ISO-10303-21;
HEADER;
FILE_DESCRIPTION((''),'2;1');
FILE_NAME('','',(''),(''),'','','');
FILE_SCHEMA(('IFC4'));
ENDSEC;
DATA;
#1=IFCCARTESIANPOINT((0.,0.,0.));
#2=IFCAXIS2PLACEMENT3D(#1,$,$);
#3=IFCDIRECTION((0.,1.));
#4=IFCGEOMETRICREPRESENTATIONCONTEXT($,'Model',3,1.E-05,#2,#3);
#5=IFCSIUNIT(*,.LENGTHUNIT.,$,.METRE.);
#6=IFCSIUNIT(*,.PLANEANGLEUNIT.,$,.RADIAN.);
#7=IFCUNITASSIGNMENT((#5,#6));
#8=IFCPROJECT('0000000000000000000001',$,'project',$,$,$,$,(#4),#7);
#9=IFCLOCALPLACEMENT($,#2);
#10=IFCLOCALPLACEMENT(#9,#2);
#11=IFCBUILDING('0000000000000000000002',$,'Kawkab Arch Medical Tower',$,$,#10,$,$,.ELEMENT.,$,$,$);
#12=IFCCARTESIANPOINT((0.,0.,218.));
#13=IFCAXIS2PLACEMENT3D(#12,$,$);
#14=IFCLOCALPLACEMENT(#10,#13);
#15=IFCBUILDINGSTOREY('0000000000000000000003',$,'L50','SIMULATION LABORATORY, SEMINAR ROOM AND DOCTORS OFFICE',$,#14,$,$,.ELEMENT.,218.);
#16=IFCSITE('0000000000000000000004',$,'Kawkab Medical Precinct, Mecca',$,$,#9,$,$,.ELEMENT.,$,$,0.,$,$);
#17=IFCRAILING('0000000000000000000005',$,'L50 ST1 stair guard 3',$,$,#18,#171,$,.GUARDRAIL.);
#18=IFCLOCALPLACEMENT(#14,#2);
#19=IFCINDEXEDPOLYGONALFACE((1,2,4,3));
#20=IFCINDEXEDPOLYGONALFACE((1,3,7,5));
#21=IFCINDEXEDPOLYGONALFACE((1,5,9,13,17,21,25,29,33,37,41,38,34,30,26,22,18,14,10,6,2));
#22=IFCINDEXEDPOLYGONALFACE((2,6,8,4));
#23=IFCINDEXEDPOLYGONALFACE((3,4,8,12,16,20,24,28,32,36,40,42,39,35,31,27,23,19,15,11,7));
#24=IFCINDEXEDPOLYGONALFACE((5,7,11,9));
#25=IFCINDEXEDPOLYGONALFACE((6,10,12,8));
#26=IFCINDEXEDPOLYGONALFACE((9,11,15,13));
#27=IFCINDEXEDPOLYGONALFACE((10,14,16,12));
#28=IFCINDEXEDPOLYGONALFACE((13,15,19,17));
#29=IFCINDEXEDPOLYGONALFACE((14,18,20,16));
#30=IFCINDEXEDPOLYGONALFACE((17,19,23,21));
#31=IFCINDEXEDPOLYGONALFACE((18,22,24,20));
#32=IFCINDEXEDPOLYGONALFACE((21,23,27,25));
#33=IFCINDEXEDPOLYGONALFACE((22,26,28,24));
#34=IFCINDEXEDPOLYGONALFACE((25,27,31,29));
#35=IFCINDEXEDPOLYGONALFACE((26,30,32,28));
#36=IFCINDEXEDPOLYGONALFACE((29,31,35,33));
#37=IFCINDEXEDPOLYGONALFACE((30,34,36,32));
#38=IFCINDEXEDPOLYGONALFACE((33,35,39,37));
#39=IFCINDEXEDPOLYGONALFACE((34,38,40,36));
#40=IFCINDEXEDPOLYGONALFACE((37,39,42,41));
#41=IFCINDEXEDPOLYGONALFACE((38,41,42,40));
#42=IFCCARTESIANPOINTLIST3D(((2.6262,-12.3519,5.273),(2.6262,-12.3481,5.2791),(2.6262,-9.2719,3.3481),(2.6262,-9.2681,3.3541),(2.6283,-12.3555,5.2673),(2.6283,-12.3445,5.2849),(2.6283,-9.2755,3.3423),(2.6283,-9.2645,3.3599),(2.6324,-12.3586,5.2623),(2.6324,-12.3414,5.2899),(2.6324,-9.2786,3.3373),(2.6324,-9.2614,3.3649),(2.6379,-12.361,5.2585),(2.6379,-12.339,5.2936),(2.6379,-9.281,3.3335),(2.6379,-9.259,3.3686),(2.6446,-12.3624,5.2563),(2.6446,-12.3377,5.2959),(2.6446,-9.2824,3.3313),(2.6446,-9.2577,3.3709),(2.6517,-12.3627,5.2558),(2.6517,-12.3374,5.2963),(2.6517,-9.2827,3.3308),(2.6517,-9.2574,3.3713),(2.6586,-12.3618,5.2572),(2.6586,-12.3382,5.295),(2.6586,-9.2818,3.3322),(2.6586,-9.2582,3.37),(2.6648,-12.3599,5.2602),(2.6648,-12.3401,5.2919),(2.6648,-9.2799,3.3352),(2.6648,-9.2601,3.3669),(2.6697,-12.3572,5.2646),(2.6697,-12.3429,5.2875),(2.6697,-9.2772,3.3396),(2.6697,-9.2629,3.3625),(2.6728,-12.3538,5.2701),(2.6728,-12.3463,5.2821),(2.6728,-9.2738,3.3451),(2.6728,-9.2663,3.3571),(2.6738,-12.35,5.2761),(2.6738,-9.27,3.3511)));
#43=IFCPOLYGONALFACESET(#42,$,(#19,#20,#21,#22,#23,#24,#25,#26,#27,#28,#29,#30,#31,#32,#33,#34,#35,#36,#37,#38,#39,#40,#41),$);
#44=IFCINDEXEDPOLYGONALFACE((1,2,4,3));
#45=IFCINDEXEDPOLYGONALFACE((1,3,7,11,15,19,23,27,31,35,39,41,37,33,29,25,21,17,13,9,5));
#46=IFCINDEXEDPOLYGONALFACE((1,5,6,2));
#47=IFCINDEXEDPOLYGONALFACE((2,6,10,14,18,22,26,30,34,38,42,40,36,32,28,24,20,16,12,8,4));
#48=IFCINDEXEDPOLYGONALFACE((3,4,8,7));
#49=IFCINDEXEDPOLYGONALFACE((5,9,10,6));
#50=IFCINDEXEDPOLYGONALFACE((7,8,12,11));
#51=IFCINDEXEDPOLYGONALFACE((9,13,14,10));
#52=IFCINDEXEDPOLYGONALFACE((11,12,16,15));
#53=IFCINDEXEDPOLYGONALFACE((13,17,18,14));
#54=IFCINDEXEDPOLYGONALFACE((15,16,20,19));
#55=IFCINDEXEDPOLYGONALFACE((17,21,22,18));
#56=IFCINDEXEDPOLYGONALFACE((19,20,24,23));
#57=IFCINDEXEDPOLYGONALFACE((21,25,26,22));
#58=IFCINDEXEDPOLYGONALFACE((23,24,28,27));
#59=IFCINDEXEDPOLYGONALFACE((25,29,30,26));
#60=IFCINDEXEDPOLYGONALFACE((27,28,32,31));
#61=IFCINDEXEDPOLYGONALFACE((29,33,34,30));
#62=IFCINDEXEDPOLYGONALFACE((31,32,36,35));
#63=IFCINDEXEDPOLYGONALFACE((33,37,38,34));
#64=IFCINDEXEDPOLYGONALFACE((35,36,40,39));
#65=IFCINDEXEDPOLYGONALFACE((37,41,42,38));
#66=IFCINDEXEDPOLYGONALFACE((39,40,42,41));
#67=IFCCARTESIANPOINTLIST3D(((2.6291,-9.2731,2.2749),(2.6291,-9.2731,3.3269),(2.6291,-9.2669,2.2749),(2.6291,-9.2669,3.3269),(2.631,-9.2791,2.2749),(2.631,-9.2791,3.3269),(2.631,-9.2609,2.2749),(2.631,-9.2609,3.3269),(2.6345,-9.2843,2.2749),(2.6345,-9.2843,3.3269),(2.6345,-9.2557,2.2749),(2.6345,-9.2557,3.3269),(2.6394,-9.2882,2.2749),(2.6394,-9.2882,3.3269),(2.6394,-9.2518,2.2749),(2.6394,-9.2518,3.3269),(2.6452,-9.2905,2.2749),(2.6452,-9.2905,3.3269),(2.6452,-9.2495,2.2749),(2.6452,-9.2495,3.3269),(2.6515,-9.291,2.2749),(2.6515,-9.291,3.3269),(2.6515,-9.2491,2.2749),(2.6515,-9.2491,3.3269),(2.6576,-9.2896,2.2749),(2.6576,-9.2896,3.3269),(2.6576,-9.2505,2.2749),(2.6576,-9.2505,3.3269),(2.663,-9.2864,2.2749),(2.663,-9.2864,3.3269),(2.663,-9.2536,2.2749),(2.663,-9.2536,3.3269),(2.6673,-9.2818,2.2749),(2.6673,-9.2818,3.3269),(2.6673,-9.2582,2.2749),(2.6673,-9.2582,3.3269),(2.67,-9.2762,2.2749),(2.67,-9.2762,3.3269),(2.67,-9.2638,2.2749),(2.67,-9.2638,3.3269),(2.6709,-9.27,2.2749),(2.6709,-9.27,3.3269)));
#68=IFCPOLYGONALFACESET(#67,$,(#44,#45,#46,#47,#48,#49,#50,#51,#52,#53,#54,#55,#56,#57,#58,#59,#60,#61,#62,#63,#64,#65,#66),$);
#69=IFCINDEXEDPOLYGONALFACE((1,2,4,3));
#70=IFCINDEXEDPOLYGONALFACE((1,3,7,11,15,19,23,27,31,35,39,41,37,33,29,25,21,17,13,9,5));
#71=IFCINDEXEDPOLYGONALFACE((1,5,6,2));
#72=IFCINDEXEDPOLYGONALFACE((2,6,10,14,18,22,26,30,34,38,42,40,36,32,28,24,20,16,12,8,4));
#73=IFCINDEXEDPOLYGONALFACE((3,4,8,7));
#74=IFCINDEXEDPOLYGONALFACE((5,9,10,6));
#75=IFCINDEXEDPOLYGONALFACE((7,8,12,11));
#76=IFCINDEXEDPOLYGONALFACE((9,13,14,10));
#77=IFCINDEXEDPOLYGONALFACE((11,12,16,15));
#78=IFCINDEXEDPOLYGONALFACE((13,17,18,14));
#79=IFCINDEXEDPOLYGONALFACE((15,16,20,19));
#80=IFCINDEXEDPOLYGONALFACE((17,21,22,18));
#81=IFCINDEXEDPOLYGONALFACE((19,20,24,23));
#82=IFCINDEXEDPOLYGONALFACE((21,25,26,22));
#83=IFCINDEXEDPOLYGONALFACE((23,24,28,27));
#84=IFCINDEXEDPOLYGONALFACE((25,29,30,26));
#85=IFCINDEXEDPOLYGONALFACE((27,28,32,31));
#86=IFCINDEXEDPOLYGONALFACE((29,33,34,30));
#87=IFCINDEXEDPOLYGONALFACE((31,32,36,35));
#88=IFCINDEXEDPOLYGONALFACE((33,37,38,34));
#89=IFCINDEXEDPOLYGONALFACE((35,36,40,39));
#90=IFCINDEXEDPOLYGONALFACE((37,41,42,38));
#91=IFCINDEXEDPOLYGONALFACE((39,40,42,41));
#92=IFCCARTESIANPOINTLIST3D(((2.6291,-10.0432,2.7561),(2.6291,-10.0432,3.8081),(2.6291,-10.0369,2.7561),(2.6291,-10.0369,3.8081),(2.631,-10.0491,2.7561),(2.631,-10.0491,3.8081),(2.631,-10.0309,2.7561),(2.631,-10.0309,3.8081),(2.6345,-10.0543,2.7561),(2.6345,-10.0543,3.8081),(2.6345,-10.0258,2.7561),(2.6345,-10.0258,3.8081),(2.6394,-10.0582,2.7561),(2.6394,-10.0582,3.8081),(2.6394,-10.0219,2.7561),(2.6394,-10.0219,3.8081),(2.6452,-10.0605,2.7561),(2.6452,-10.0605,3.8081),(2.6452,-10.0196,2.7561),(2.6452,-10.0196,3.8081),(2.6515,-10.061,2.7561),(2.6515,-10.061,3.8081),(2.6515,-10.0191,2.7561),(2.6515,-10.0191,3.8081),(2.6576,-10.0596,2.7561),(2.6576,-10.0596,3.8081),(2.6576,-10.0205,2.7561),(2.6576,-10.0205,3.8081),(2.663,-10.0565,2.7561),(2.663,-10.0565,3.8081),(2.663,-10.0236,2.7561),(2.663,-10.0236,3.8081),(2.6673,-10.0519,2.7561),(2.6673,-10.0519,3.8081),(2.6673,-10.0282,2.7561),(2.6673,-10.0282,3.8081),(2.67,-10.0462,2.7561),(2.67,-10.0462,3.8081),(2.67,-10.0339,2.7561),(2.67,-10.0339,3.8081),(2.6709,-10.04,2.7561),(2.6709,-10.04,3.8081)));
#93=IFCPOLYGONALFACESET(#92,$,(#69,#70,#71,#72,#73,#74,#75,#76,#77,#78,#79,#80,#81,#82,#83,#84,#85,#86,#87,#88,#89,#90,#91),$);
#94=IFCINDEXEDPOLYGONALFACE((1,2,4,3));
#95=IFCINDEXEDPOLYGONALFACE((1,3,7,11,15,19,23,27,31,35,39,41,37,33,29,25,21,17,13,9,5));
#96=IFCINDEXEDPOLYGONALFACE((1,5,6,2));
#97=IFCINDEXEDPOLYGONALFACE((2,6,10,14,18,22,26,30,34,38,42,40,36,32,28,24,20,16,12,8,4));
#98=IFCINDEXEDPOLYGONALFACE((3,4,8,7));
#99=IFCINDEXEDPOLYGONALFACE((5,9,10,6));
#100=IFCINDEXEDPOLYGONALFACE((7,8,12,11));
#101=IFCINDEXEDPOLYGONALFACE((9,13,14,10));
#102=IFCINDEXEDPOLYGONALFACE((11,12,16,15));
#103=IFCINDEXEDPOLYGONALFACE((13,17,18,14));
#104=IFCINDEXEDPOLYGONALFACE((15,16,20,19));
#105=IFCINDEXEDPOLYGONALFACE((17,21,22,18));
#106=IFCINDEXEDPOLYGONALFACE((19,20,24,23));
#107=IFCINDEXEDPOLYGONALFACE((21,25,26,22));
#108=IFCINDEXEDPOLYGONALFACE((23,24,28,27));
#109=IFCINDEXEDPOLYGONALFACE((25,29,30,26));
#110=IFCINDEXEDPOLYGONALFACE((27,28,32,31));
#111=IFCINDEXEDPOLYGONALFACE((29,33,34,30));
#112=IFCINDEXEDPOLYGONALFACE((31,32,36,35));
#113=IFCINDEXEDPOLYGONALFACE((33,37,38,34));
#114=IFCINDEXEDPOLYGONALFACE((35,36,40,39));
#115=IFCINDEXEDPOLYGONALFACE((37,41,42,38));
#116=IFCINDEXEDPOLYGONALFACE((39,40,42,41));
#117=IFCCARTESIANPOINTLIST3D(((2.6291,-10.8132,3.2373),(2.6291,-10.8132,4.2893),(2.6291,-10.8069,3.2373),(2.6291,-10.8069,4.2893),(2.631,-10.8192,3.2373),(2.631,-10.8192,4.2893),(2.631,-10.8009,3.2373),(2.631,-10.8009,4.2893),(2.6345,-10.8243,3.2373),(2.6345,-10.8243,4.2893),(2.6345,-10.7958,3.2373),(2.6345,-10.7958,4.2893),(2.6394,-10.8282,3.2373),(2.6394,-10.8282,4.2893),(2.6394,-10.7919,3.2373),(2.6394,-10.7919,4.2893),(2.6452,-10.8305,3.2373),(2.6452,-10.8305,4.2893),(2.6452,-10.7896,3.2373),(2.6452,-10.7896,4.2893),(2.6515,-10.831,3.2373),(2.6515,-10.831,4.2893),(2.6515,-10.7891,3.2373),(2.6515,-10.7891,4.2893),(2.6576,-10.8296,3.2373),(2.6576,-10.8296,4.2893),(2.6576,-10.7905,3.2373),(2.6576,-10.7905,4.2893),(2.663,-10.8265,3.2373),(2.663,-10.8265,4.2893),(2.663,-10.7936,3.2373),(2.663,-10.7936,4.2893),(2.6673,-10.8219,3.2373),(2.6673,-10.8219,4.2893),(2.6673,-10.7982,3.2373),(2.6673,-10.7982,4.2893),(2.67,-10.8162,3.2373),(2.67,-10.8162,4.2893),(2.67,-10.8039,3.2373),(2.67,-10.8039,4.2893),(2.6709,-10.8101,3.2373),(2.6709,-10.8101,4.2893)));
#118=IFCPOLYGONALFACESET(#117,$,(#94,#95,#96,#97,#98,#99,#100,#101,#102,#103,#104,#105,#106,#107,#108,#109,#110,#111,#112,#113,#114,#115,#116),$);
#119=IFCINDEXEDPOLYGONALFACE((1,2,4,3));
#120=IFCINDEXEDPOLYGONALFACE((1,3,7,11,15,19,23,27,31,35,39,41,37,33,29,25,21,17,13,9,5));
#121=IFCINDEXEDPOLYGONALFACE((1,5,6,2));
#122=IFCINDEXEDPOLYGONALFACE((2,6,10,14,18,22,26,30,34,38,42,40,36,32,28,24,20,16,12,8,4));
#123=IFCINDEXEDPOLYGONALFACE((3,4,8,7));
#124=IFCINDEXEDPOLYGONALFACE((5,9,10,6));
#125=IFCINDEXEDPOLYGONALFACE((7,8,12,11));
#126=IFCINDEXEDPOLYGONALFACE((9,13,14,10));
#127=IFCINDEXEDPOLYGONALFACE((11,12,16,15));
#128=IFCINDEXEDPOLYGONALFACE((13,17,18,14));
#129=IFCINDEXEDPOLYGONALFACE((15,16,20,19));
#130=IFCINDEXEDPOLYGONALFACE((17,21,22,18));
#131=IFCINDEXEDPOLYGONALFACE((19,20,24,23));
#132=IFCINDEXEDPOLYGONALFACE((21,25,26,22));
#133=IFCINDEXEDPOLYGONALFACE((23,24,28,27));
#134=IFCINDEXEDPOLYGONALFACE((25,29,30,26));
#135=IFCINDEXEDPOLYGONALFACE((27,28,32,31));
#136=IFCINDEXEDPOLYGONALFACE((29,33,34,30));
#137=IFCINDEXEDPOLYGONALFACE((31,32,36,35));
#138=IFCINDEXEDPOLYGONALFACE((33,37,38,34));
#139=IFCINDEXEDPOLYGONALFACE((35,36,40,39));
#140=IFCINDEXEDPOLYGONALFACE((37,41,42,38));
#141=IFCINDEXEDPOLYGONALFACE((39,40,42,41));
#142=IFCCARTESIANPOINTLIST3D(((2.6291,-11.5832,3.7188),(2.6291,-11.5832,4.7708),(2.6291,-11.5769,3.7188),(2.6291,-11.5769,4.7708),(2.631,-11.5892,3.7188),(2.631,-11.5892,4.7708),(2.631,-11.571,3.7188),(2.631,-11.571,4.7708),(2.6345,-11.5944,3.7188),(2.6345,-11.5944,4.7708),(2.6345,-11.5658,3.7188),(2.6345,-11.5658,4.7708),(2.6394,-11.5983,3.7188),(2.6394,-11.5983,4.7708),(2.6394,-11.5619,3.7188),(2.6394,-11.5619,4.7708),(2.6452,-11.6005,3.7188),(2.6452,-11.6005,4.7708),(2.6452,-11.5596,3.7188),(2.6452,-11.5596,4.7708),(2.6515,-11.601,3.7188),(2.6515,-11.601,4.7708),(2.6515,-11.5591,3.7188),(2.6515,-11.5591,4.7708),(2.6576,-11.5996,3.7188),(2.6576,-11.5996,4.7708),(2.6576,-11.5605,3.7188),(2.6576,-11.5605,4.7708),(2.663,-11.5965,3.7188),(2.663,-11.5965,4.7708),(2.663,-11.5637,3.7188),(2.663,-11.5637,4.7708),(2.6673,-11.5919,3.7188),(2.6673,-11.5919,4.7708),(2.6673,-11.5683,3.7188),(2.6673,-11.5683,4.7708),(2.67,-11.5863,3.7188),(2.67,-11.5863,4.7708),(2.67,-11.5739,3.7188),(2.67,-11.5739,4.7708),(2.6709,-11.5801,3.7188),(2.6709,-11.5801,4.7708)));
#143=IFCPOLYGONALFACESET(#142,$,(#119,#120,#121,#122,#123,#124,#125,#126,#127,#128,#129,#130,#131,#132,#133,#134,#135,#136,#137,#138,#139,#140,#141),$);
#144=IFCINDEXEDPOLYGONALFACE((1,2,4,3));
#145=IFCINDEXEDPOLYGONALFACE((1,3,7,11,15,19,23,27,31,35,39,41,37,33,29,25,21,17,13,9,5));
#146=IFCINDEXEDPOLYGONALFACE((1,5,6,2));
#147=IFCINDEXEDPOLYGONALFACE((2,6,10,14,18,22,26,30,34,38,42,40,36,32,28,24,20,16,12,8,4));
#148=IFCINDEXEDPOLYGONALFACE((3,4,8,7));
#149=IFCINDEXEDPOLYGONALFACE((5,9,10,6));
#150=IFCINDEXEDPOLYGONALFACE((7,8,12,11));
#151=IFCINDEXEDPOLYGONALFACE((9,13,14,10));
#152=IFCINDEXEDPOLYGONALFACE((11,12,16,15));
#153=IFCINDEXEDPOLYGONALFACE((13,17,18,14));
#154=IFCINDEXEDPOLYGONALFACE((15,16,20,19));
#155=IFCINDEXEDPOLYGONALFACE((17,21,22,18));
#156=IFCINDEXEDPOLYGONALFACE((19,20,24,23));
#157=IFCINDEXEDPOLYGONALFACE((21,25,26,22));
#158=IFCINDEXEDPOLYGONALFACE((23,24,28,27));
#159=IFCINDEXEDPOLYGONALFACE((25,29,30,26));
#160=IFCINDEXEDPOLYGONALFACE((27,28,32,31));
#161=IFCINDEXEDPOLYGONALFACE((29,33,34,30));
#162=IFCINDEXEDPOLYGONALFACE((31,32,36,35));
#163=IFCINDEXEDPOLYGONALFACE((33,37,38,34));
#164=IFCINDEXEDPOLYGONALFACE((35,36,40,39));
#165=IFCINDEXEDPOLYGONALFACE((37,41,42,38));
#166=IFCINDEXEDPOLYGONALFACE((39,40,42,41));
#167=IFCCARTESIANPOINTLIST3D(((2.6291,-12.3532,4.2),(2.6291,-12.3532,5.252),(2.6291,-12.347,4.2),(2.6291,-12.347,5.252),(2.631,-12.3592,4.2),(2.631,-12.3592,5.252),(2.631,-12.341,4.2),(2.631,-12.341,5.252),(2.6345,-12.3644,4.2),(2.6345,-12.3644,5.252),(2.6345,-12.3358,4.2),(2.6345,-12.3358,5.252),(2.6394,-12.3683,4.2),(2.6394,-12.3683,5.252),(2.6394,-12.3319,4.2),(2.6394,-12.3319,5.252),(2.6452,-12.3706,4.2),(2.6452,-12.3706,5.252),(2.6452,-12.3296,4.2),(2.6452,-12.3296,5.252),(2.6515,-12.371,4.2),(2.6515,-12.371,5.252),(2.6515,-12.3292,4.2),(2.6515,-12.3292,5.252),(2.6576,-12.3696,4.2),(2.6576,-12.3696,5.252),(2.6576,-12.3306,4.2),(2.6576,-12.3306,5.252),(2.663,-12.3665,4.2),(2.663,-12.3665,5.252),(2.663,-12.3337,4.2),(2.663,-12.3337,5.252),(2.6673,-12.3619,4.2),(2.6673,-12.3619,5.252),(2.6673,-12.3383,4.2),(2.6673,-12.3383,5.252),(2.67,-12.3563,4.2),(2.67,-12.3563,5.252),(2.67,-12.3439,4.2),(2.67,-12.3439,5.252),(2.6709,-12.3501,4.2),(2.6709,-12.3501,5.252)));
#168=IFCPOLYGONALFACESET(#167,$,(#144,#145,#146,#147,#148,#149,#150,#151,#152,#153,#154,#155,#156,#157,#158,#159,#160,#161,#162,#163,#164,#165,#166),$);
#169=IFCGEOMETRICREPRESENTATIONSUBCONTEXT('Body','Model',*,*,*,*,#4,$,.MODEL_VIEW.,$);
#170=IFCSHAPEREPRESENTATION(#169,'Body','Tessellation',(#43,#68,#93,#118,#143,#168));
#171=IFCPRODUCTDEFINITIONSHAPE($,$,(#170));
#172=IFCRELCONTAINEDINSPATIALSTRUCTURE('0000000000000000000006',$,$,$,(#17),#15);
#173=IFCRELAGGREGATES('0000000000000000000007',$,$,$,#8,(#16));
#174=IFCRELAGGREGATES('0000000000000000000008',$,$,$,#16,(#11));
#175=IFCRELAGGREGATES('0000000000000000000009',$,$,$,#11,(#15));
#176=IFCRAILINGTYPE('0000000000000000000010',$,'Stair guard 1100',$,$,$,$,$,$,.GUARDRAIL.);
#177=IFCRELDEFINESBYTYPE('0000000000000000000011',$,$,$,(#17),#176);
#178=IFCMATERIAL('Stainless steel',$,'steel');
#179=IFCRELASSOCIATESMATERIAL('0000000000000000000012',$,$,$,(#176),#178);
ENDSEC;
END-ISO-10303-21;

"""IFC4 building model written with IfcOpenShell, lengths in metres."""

from ifc_helpers import new_model, si_unit, direction, frame, origin, origin_2d, place, context, subcontext, project, spatial, circle, extrude, material, type_object, element, save


model = new_model("IFC4")

# Units and contexts
model_context = context("Model", 3, precision=1e-05, world=origin(), true_north=direction((0.0, 1.0)))
body_context = subcontext(model_context, "Body", "Model", "MODEL_VIEW")
ifc_project = project(units=[si_unit("LENGTHUNIT", "METRE"), si_unit("PLANEANGLEUNIT", "RADIAN")], contexts=[model_context])

# Site, building, storey
site_placement = place(None, origin())
site = spatial("IfcSite", under=ifc_project, at=site_placement, Name="Kawkab Medical Precinct, Mecca", CompositionType="ELEMENT", RefElevation=0.0)
building_placement = place(site_placement, origin())
building = spatial("IfcBuilding", under=site, at=building_placement, Name="Kawkab Arch Medical Tower", CompositionType="ELEMENT")
storey_placement = place(building_placement, frame((0.0, 0.0, 218.0)))
storey = spatial("IfcBuildingStorey", under=building, at=storey_placement, Name="L50", Description="SIMULATION LABORATORY, SEMINAR ROOM AND DOCTORS OFFICE", CompositionType="ELEMENT", Elevation=218.0)

# Railing
ifc_material_1 = material(Name="Stainless steel", Category="steel")
railing_type_1 = type_object("IfcRailingType", Name="Stair guard 1100", PredefinedType="GUARDRAIL", material=ifc_material_1)
railing_1_placement = place(storey_placement, frame((2.6499, -9.27, 2.2749)))
element("IfcRailing", 1, at=railing_1_placement, inside=storey, type_object=railing_type_1, Name="L50 ST1 stair guard 3", PredefinedType="GUARDRAIL", context=body_context, shape_type="SweptSolid", body=[
    extrude(circle(Radius=0.0239, at=origin_2d()), frame((0.0, 0.0, 1.0762), z_axis=(0.0, -0.847998, 0.529999), x_axis=(1.0, 0.0, 0.0)), (0.0, 0.0, 1.0), 3.6321),
    extrude(circle(Radius=0.021, at=origin_2d()), origin(), (0.0, 0.0, 1.0), 1.052),
    extrude(circle(Radius=0.021, at=origin_2d()), frame((0.0, -0.77, 0.4812)), (0.0, 0.0, 1.0), 1.052),
    extrude(circle(Radius=0.021, at=origin_2d()), frame((0.0, -1.54, 0.9624)), (0.0, 0.0, 1.0), 1.052),
    extrude(circle(Radius=0.021, at=origin_2d()), frame((0.0, -2.3101, 1.4438)), (0.0, 0.0, 1.0), 1.052),
    extrude(circle(Radius=0.021, at=origin_2d()), frame((0.0, -3.0801, 1.925)), (0.0, 0.0, 1.0), 1.052),
])

save(model, "model.ifc")
